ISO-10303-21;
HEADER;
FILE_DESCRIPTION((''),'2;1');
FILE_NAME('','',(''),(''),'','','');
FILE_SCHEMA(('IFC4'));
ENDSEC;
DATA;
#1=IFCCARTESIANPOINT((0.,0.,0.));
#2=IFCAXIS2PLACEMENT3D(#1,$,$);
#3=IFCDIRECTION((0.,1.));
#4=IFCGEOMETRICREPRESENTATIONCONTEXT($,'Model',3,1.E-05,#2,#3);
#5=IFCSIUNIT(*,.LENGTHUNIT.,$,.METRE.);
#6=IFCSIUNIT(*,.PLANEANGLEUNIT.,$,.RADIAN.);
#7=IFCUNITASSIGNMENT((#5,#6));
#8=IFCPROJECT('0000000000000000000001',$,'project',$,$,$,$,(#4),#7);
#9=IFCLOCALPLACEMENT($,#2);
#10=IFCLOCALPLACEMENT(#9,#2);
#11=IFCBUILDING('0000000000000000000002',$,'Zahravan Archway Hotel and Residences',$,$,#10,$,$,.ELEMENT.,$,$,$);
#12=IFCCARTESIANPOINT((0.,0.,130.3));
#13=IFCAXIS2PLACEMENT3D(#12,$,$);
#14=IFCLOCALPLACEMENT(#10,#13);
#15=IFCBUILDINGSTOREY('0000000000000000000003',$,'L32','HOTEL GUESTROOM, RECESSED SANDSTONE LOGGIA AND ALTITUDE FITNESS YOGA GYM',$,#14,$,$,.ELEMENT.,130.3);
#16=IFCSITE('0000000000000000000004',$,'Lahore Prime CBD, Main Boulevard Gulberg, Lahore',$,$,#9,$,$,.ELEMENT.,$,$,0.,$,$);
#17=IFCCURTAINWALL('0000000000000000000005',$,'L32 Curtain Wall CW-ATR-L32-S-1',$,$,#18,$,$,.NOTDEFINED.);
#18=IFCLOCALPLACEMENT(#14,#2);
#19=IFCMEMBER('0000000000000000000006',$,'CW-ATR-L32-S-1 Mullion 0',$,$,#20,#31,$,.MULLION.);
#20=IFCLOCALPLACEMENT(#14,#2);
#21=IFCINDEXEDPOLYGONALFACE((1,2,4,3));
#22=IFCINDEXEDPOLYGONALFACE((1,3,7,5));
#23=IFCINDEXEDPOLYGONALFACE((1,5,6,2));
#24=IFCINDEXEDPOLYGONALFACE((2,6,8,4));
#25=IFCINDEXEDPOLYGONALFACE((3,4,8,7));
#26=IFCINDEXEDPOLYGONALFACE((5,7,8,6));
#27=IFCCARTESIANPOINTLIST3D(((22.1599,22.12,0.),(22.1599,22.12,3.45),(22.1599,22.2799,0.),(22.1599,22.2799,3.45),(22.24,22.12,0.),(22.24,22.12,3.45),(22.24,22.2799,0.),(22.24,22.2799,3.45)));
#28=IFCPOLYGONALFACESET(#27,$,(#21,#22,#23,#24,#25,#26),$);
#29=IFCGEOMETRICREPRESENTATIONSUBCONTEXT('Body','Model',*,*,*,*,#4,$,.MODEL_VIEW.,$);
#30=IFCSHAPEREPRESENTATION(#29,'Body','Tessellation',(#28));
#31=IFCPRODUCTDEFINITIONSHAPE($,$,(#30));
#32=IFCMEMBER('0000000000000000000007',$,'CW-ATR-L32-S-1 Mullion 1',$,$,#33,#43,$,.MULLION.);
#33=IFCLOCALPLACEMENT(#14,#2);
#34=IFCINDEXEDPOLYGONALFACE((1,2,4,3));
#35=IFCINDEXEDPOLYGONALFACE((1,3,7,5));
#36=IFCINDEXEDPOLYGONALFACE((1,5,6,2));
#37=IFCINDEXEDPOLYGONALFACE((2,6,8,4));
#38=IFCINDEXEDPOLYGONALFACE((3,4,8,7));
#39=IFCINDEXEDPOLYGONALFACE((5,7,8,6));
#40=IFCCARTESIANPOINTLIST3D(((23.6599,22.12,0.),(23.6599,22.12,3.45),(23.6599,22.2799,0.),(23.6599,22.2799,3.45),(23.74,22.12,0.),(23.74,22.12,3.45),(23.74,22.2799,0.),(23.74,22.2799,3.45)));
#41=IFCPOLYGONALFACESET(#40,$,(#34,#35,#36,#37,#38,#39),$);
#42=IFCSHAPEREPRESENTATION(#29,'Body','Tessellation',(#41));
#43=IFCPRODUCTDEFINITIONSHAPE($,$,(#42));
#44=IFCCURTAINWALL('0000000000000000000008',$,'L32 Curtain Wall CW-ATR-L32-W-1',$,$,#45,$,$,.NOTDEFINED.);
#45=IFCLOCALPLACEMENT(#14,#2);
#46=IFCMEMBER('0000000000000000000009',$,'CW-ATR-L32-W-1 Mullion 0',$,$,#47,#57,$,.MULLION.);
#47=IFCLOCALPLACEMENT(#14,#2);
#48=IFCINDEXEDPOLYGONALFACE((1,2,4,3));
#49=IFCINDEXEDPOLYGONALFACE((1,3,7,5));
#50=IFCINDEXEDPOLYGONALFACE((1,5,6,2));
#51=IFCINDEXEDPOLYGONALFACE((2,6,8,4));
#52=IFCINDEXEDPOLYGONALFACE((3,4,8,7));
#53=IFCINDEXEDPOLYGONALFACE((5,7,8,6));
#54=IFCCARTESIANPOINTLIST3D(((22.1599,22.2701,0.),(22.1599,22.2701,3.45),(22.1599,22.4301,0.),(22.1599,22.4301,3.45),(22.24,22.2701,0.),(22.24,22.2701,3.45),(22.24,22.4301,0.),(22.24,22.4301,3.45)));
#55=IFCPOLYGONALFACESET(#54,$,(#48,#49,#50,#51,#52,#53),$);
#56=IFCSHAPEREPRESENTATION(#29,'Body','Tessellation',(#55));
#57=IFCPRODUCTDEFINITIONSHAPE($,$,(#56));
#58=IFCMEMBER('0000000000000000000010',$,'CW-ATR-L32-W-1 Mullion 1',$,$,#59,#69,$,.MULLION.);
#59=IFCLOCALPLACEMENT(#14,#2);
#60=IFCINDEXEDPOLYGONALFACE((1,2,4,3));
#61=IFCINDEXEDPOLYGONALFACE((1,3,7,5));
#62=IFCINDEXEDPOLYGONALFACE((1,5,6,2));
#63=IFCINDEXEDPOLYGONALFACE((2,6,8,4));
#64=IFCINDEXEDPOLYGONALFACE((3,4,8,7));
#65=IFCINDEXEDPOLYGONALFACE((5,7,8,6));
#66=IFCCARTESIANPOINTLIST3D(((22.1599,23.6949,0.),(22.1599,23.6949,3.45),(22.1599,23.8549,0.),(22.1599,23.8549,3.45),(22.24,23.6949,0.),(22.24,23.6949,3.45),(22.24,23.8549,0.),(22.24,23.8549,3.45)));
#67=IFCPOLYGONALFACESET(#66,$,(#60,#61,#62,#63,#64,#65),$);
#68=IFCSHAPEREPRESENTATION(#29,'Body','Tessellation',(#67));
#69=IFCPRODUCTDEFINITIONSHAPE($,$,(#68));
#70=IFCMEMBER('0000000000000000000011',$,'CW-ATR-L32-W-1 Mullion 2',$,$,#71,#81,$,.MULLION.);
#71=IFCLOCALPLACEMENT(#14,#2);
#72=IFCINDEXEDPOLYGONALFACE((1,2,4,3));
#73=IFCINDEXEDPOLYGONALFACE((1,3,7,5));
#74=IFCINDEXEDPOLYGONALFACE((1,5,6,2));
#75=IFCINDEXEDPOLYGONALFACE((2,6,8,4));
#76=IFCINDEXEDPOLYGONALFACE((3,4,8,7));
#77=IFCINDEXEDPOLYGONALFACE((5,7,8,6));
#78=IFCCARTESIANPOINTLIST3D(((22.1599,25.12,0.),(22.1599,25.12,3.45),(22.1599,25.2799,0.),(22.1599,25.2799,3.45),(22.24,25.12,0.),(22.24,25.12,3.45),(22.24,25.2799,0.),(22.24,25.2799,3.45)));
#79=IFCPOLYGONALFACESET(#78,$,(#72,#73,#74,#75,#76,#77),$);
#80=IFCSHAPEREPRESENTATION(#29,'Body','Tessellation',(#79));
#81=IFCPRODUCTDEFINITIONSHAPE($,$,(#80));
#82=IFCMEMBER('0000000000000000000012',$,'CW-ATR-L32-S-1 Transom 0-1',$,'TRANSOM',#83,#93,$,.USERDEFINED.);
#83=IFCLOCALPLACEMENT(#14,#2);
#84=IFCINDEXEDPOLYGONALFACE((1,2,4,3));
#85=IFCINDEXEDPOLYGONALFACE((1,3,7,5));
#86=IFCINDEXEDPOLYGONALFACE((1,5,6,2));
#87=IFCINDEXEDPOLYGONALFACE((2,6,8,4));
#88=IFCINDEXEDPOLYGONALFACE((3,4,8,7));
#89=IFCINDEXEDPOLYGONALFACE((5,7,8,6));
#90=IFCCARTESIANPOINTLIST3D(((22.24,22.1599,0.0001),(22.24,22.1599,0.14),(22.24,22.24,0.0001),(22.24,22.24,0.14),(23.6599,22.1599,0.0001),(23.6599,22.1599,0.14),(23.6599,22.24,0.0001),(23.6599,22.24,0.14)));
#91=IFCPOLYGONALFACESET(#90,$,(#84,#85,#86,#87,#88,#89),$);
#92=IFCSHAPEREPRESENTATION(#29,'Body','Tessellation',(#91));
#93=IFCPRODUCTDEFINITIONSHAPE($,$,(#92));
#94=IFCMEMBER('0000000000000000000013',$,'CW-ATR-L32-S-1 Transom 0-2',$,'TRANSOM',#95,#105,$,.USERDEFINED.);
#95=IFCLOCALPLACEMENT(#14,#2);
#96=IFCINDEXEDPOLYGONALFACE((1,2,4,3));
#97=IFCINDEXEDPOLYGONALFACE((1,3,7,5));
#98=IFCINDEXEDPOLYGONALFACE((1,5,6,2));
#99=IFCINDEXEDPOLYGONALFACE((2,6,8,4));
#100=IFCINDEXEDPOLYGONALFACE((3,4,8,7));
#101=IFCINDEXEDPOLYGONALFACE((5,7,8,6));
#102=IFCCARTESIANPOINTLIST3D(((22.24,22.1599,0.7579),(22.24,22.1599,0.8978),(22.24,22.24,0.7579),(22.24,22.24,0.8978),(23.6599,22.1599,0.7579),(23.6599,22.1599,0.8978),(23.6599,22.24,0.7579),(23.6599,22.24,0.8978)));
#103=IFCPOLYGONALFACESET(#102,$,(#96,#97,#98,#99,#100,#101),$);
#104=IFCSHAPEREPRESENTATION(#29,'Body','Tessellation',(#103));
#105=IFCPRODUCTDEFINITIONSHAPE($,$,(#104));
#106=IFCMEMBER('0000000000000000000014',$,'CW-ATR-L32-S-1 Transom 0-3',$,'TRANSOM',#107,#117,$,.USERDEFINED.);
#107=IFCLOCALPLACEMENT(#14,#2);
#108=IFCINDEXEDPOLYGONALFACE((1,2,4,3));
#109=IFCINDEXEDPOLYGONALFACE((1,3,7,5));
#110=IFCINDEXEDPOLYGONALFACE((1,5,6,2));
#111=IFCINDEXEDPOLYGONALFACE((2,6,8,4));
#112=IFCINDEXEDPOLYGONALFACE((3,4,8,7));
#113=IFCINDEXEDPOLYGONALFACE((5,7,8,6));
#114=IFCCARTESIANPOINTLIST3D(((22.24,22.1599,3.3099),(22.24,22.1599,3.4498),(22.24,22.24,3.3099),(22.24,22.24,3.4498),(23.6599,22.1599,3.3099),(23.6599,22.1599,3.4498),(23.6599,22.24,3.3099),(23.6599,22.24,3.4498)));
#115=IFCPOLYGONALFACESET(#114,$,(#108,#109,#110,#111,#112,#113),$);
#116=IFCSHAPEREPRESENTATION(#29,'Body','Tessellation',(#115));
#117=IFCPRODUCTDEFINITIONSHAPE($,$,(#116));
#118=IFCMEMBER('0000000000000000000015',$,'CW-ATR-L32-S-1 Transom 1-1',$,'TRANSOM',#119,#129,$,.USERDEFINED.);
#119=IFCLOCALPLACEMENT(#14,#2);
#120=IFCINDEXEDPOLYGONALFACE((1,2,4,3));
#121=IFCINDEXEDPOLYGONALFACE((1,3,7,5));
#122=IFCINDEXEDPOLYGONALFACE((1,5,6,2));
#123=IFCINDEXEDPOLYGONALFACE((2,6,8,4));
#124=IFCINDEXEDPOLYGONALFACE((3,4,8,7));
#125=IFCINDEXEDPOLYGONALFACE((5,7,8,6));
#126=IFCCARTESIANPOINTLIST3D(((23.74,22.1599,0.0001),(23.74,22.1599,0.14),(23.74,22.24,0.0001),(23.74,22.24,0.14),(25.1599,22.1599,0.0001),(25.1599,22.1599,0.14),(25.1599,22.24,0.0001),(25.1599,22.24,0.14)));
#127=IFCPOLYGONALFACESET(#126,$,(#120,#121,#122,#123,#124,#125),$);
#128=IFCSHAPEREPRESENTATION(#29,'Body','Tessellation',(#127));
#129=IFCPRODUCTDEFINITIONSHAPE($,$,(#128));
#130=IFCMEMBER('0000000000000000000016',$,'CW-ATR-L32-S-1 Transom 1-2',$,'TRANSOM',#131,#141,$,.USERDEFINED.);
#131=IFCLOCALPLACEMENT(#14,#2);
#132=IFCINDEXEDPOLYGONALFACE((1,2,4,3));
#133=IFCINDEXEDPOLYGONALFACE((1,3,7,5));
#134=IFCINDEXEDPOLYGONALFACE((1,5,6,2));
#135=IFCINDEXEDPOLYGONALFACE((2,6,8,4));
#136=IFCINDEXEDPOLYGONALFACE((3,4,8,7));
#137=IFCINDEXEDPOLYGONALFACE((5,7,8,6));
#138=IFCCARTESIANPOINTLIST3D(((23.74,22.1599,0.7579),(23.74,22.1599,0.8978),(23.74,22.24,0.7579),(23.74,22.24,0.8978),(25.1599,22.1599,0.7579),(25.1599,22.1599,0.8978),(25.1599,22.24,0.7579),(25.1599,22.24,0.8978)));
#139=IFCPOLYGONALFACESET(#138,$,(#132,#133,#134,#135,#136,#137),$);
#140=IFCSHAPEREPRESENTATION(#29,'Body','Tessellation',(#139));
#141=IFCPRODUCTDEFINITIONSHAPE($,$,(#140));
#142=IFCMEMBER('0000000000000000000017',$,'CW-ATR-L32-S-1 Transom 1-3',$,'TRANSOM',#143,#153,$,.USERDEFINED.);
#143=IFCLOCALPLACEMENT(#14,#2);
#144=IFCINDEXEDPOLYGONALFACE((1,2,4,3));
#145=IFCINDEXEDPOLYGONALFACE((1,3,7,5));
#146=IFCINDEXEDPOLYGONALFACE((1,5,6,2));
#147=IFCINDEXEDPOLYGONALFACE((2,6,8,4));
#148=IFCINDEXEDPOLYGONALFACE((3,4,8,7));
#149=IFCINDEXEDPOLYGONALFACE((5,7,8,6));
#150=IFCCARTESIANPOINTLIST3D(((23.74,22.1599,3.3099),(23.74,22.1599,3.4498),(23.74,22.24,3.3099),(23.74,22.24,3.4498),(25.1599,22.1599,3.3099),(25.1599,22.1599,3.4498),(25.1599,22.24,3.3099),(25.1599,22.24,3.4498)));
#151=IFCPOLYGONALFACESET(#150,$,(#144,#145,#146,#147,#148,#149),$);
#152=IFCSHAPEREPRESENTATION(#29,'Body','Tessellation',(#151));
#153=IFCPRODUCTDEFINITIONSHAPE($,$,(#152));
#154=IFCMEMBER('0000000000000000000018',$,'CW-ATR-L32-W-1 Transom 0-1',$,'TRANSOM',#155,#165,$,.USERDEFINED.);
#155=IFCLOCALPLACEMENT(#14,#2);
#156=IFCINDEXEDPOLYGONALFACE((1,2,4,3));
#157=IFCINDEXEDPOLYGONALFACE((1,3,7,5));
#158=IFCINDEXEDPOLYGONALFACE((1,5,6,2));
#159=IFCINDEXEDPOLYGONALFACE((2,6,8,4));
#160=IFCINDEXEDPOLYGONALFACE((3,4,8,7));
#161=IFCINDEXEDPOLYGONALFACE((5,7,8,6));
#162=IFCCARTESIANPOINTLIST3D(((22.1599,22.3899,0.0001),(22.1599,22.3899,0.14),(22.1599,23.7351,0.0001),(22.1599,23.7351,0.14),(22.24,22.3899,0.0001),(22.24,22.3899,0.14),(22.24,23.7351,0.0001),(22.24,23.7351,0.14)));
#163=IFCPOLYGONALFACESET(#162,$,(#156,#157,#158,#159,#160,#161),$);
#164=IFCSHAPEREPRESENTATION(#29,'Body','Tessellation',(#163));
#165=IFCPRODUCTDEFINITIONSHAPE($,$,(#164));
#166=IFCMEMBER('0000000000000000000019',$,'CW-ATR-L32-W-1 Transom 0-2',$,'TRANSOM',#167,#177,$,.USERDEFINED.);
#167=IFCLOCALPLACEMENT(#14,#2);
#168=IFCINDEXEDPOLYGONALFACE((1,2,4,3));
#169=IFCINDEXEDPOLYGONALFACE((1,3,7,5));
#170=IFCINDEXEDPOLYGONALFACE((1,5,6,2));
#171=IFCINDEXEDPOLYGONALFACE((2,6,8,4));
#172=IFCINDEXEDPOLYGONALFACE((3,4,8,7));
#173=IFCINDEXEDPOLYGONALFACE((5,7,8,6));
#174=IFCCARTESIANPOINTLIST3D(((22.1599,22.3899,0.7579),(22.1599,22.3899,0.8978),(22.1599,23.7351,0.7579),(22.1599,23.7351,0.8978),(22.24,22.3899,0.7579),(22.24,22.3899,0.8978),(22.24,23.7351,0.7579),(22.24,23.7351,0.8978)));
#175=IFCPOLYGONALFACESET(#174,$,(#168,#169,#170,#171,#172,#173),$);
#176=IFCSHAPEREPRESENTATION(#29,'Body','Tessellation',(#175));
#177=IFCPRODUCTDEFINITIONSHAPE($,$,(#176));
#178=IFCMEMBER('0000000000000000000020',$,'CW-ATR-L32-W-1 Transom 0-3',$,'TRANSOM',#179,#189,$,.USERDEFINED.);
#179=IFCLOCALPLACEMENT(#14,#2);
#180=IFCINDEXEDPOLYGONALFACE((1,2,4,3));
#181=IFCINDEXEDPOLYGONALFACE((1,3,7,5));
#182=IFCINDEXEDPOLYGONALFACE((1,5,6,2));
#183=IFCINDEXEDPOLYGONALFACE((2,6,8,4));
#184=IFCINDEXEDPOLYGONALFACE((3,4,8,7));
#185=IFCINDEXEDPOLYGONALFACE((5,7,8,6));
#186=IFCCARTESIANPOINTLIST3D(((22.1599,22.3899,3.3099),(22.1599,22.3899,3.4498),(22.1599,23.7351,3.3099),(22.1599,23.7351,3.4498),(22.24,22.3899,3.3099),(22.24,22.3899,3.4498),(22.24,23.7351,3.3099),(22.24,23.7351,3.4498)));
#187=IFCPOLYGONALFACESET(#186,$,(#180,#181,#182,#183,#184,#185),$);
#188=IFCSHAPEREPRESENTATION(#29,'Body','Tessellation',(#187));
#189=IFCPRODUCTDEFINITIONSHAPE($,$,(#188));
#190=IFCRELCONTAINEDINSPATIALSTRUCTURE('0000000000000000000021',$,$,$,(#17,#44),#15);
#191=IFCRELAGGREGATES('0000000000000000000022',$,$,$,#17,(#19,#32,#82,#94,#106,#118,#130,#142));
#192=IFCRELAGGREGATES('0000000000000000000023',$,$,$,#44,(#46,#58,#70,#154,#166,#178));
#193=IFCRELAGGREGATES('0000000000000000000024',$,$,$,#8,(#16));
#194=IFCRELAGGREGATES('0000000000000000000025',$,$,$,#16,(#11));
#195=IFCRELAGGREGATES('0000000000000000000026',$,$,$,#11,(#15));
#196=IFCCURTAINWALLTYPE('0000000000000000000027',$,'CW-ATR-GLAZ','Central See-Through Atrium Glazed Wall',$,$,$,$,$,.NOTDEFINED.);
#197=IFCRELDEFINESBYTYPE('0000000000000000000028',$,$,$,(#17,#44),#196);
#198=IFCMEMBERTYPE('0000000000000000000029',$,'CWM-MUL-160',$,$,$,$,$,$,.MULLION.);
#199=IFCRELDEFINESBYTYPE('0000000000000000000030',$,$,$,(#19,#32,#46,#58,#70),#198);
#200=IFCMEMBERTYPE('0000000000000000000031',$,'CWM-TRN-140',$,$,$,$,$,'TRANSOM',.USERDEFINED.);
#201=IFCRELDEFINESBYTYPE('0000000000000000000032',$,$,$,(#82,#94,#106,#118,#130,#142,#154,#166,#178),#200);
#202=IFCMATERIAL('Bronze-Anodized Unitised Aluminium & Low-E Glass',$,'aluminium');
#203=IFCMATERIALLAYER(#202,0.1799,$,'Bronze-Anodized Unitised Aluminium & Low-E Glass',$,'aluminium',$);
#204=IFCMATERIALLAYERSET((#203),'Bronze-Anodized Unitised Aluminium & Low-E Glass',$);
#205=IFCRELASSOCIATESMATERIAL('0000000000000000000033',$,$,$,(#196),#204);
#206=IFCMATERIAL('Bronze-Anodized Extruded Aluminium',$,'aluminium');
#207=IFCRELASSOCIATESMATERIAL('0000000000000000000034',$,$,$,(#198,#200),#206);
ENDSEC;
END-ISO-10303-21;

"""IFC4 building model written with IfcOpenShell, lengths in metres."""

from ifc_helpers import new_model, si_unit, direction, frame, origin, origin_2d, place, context, subcontext, project, spatial, rectangle, extrude, source, transform, mapped, material, layer, layer_set, material_profile, profile_set, type_object, element, aggregate, save


model = new_model("IFC4")

# Units and contexts
model_context = context("Model", 3, precision=1e-05, world=origin(), true_north=direction((0.0, 1.0)))
body_context = subcontext(model_context, "Body", "Model", "MODEL_VIEW")
ifc_project = project(units=[si_unit("LENGTHUNIT", "METRE"), si_unit("PLANEANGLEUNIT", "RADIAN")], contexts=[model_context])

# Site, building, storey
site_placement = place(None, origin())
site = spatial("IfcSite", under=ifc_project, at=site_placement, Name="Lahore Prime CBD, Main Boulevard Gulberg, Lahore", CompositionType="ELEMENT", RefElevation=0.0)
building_placement = place(site_placement, origin())
building = spatial("IfcBuilding", under=site, at=building_placement, Name="Zahravan Archway Hotel and Residences", CompositionType="ELEMENT")
storey_placement = place(building_placement, frame((0.0, 0.0, 130.3)))
storey = spatial("IfcBuildingStorey", under=building, at=storey_placement, Name="L32", Description="HOTEL GUESTROOM, RECESSED SANDSTONE LOGGIA AND ALTITUDE FITNESS YOGA GYM", CompositionType="ELEMENT", Elevation=130.3)

# Curtain walls, members
ifc_material_1 = material(Name="Bronze-Anodized Unitised Aluminium & Low-E Glass", Category="aluminium")
ifc_layer_1 = layer(ifc_material_1, 0.1799, Name="Bronze-Anodized Unitised Aluminium & Low-E Glass", Category="aluminium")
ifc_layer_set_1 = layer_set([ifc_layer_1], Name="Bronze-Anodized Unitised Aluminium & Low-E Glass")
curtain_wall_type = type_object("IfcCurtainWallType", Name="CW-ATR-GLAZ", Description="Central See-Through Atrium Glazed Wall", PredefinedType="NOTDEFINED", material=ifc_layer_set_1)
curtain_wall_1_placement = place(storey_placement, origin())
curtain_wall_1 = element("IfcCurtainWall", 1, at=curtain_wall_1_placement, inside=storey, type_object=curtain_wall_type, Name="L32 Curtain Wall CW-ATR-L32-S-1", PredefinedType="NOTDEFINED")
ifc_material_2 = material(Name="Bronze-Anodized Extruded Aluminium", Category="aluminium")
ifc_material_profile_1 = material_profile(ifc_material_2, rectangle(XDim=0.0801, YDim=0.1599, at=origin_2d()), Name="MUL 80x160", Category="aluminium")
ifc_profile_set_1 = profile_set([ifc_material_profile_1], Name="Bronze-Anodized Extruded Aluminium")
member_type_1 = type_object("IfcMemberType", Name="CWM-MUL-160", PredefinedType="MULLION", material=ifc_profile_set_1)
shared_shape_1 = source(origin(), body_context, "Body", "SweptSolid", [
    extrude(rectangle(XDim=0.0801, YDim=0.1599, at=origin_2d()), origin(), (0.0, 0.0, 1.0), 3.45),
])
member_1_placement = place(storey_placement, frame((22.2, 22.2, 0.0), z_axis=(0.0, 0.0, 1.0), x_axis=(1.0, 0.0, 0.0)))
member_1 = element("IfcMember", 2, at=member_1_placement, type_object=member_type_1, Name="CW-ATR-L32-S-1 Mullion 0", PredefinedType="MULLION", context=body_context, shape_type="MappedRepresentation", body=[
    mapped(shared_shape_1, transform((0.0, 0.0, 0.0), scale=1.0)),
])
member_2_placement = place(storey_placement, frame((23.7, 22.2, 0.0), z_axis=(0.0, 0.0, 1.0), x_axis=(1.0, 0.0, 0.0)))
member_2 = element("IfcMember", 3, at=member_2_placement, type_object=member_type_1, Name="CW-ATR-L32-S-1 Mullion 1", PredefinedType="MULLION", context=body_context, shape_type="MappedRepresentation", body=[
    mapped(shared_shape_1, transform((0.0, 0.0, 0.0), scale=1.0)),
])
curtain_wall_2_placement = place(storey_placement, origin())
curtain_wall_2 = element("IfcCurtainWall", 4, at=curtain_wall_2_placement, inside=storey, type_object=curtain_wall_type, Name="L32 Curtain Wall CW-ATR-L32-W-1", PredefinedType="NOTDEFINED")
member_3_placement = place(storey_placement, frame((22.2, 22.3501, 0.0), z_axis=(0.0, 0.0, 1.0), x_axis=(1.0, 0.0, 0.0)))
member_3 = element("IfcMember", 5, at=member_3_placement, type_object=member_type_1, Name="CW-ATR-L32-W-1 Mullion 0", PredefinedType="MULLION", context=body_context, shape_type="MappedRepresentation", body=[
    mapped(shared_shape_1, transform((0.0, 0.0, 0.0), scale=1.0)),
])
member_4_placement = place(storey_placement, frame((22.2, 23.7749, 0.0), z_axis=(0.0, 0.0, 1.0), x_axis=(1.0, 0.0, 0.0)))
member_4 = element("IfcMember", 6, at=member_4_placement, type_object=member_type_1, Name="CW-ATR-L32-W-1 Mullion 1", PredefinedType="MULLION", context=body_context, shape_type="MappedRepresentation", body=[
    mapped(shared_shape_1, transform((0.0, 0.0, 0.0), scale=1.0)),
])
member_5_placement = place(storey_placement, frame((22.2, 25.2, 0.0), z_axis=(0.0, 0.0, 1.0), x_axis=(1.0, 0.0, 0.0)))
member_5 = element("IfcMember", 7, at=member_5_placement, type_object=member_type_1, Name="CW-ATR-L32-W-1 Mullion 2", PredefinedType="MULLION", context=body_context, shape_type="MappedRepresentation", body=[
    mapped(shared_shape_1, transform((0.0, 0.0, 0.0), scale=1.0)),
])

# Members
ifc_material_profile_2 = material_profile(ifc_material_2, rectangle(XDim=0.0801, YDim=0.1399, at=origin_2d()), Name="TRN 80x140", Category="aluminium")
ifc_profile_set_2 = profile_set([ifc_material_profile_2], Name="Bronze-Anodized Extruded Aluminium")
member_type_2 = type_object("IfcMemberType", Name="CWM-TRN-140", ElementType="TRANSOM", PredefinedType="USERDEFINED", material=ifc_profile_set_2)
shared_shape_2 = source(origin(), body_context, "Body", "SweptSolid", [
    extrude(rectangle(XDim=0.0801, YDim=0.1399, at=origin_2d()), origin(), (0.0, 0.0, 1.0), 1.4199),
])
member_6_placement = place(storey_placement, frame((22.24, 22.2, 0.0701), z_axis=(1.0, 0.0, 0.0), x_axis=(0.0, 1.0, 0.0)))
member_6 = element("IfcMember", 8, at=member_6_placement, type_object=member_type_2, Name="CW-ATR-L32-S-1 Transom 0-1", ObjectType="TRANSOM", PredefinedType="USERDEFINED", context=body_context, shape_type="MappedRepresentation", body=[
    mapped(shared_shape_2, transform((0.0, 0.0, 0.0), scale=1.0)),
])
member_7_placement = place(storey_placement, frame((22.24, 22.2, 0.8279), z_axis=(1.0, 0.0, 0.0), x_axis=(0.0, 1.0, 0.0)))
member_7 = element("IfcMember", 9, at=member_7_placement, type_object=member_type_2, Name="CW-ATR-L32-S-1 Transom 0-2", ObjectType="TRANSOM", PredefinedType="USERDEFINED", context=body_context, shape_type="MappedRepresentation", body=[
    mapped(shared_shape_2, transform((0.0, 0.0, 0.0), scale=1.0)),
])
member_8_placement = place(storey_placement, frame((22.24, 22.2, 3.3799), z_axis=(1.0, 0.0, 0.0), x_axis=(0.0, 1.0, 0.0)))
member_8 = element("IfcMember", 10, at=member_8_placement, type_object=member_type_2, Name="CW-ATR-L32-S-1 Transom 0-3", ObjectType="TRANSOM", PredefinedType="USERDEFINED", context=body_context, shape_type="MappedRepresentation", body=[
    mapped(shared_shape_2, transform((0.0, 0.0, 0.0), scale=1.0)),
])
member_9_placement = place(storey_placement, frame((23.74, 22.2, 0.0701), z_axis=(1.0, 0.0, 0.0), x_axis=(0.0, 1.0, 0.0)))
member_9 = element("IfcMember", 11, at=member_9_placement, type_object=member_type_2, Name="CW-ATR-L32-S-1 Transom 1-1", ObjectType="TRANSOM", PredefinedType="USERDEFINED", context=body_context, shape_type="MappedRepresentation", body=[
    mapped(shared_shape_2, transform((0.0, 0.0, 0.0), scale=1.0)),
])
member_10_placement = place(storey_placement, frame((23.74, 22.2, 0.8279), z_axis=(1.0, 0.0, 0.0), x_axis=(0.0, 1.0, 0.0)))
member_10 = element("IfcMember", 12, at=member_10_placement, type_object=member_type_2, Name="CW-ATR-L32-S-1 Transom 1-2", ObjectType="TRANSOM", PredefinedType="USERDEFINED", context=body_context, shape_type="MappedRepresentation", body=[
    mapped(shared_shape_2, transform((0.0, 0.0, 0.0), scale=1.0)),
])
member_11_placement = place(storey_placement, frame((23.74, 22.2, 3.3799), z_axis=(1.0, 0.0, 0.0), x_axis=(0.0, 1.0, 0.0)))
member_11 = element("IfcMember", 13, at=member_11_placement, type_object=member_type_2, Name="CW-ATR-L32-S-1 Transom 1-3", ObjectType="TRANSOM", PredefinedType="USERDEFINED", context=body_context, shape_type="MappedRepresentation", body=[
    mapped(shared_shape_2, transform((0.0, 0.0, 0.0), scale=1.0)),
])
shared_shape_3 = source(origin(), body_context, "Body", "SweptSolid", [
    extrude(rectangle(XDim=0.0801, YDim=0.1399, at=origin_2d()), origin(), (0.0, 0.0, 1.0), 1.3452),
])
member_12_placement = place(storey_placement, frame((22.2, 22.3899, 0.0701), z_axis=(0.0, 1.0, 0.0), x_axis=(-1.0, 0.0, 0.0)))
member_12 = element("IfcMember", 14, at=member_12_placement, type_object=member_type_2, Name="CW-ATR-L32-W-1 Transom 0-1", ObjectType="TRANSOM", PredefinedType="USERDEFINED", context=body_context, shape_type="MappedRepresentation", body=[
    mapped(shared_shape_3, transform((0.0, 0.0, 0.0), scale=1.0)),
])
member_13_placement = place(storey_placement, frame((22.2, 22.3899, 0.8279), z_axis=(0.0, 1.0, 0.0), x_axis=(-1.0, 0.0, 0.0)))
member_13 = element("IfcMember", 15, at=member_13_placement, type_object=member_type_2, Name="CW-ATR-L32-W-1 Transom 0-2", ObjectType="TRANSOM", PredefinedType="USERDEFINED", context=body_context, shape_type="MappedRepresentation", body=[
    mapped(shared_shape_3, transform((0.0, 0.0, 0.0), scale=1.0)),
])
member_14_placement = place(storey_placement, frame((22.2, 22.3899, 3.3799), z_axis=(0.0, 1.0, 0.0), x_axis=(-1.0, 0.0, 0.0)))
member_14 = element("IfcMember", 16, at=member_14_placement, type_object=member_type_2, Name="CW-ATR-L32-W-1 Transom 0-3", ObjectType="TRANSOM", PredefinedType="USERDEFINED", context=body_context, shape_type="MappedRepresentation", body=[
    mapped(shared_shape_3, transform((0.0, 0.0, 0.0), scale=1.0)),
])

aggregate(curtain_wall_1, [member_1, member_2, member_6, member_7, member_8, member_9, member_10, member_11])
aggregate(curtain_wall_2, [member_3, member_4, member_5, member_12, member_13, member_14])

save(model, "model.ifc")
